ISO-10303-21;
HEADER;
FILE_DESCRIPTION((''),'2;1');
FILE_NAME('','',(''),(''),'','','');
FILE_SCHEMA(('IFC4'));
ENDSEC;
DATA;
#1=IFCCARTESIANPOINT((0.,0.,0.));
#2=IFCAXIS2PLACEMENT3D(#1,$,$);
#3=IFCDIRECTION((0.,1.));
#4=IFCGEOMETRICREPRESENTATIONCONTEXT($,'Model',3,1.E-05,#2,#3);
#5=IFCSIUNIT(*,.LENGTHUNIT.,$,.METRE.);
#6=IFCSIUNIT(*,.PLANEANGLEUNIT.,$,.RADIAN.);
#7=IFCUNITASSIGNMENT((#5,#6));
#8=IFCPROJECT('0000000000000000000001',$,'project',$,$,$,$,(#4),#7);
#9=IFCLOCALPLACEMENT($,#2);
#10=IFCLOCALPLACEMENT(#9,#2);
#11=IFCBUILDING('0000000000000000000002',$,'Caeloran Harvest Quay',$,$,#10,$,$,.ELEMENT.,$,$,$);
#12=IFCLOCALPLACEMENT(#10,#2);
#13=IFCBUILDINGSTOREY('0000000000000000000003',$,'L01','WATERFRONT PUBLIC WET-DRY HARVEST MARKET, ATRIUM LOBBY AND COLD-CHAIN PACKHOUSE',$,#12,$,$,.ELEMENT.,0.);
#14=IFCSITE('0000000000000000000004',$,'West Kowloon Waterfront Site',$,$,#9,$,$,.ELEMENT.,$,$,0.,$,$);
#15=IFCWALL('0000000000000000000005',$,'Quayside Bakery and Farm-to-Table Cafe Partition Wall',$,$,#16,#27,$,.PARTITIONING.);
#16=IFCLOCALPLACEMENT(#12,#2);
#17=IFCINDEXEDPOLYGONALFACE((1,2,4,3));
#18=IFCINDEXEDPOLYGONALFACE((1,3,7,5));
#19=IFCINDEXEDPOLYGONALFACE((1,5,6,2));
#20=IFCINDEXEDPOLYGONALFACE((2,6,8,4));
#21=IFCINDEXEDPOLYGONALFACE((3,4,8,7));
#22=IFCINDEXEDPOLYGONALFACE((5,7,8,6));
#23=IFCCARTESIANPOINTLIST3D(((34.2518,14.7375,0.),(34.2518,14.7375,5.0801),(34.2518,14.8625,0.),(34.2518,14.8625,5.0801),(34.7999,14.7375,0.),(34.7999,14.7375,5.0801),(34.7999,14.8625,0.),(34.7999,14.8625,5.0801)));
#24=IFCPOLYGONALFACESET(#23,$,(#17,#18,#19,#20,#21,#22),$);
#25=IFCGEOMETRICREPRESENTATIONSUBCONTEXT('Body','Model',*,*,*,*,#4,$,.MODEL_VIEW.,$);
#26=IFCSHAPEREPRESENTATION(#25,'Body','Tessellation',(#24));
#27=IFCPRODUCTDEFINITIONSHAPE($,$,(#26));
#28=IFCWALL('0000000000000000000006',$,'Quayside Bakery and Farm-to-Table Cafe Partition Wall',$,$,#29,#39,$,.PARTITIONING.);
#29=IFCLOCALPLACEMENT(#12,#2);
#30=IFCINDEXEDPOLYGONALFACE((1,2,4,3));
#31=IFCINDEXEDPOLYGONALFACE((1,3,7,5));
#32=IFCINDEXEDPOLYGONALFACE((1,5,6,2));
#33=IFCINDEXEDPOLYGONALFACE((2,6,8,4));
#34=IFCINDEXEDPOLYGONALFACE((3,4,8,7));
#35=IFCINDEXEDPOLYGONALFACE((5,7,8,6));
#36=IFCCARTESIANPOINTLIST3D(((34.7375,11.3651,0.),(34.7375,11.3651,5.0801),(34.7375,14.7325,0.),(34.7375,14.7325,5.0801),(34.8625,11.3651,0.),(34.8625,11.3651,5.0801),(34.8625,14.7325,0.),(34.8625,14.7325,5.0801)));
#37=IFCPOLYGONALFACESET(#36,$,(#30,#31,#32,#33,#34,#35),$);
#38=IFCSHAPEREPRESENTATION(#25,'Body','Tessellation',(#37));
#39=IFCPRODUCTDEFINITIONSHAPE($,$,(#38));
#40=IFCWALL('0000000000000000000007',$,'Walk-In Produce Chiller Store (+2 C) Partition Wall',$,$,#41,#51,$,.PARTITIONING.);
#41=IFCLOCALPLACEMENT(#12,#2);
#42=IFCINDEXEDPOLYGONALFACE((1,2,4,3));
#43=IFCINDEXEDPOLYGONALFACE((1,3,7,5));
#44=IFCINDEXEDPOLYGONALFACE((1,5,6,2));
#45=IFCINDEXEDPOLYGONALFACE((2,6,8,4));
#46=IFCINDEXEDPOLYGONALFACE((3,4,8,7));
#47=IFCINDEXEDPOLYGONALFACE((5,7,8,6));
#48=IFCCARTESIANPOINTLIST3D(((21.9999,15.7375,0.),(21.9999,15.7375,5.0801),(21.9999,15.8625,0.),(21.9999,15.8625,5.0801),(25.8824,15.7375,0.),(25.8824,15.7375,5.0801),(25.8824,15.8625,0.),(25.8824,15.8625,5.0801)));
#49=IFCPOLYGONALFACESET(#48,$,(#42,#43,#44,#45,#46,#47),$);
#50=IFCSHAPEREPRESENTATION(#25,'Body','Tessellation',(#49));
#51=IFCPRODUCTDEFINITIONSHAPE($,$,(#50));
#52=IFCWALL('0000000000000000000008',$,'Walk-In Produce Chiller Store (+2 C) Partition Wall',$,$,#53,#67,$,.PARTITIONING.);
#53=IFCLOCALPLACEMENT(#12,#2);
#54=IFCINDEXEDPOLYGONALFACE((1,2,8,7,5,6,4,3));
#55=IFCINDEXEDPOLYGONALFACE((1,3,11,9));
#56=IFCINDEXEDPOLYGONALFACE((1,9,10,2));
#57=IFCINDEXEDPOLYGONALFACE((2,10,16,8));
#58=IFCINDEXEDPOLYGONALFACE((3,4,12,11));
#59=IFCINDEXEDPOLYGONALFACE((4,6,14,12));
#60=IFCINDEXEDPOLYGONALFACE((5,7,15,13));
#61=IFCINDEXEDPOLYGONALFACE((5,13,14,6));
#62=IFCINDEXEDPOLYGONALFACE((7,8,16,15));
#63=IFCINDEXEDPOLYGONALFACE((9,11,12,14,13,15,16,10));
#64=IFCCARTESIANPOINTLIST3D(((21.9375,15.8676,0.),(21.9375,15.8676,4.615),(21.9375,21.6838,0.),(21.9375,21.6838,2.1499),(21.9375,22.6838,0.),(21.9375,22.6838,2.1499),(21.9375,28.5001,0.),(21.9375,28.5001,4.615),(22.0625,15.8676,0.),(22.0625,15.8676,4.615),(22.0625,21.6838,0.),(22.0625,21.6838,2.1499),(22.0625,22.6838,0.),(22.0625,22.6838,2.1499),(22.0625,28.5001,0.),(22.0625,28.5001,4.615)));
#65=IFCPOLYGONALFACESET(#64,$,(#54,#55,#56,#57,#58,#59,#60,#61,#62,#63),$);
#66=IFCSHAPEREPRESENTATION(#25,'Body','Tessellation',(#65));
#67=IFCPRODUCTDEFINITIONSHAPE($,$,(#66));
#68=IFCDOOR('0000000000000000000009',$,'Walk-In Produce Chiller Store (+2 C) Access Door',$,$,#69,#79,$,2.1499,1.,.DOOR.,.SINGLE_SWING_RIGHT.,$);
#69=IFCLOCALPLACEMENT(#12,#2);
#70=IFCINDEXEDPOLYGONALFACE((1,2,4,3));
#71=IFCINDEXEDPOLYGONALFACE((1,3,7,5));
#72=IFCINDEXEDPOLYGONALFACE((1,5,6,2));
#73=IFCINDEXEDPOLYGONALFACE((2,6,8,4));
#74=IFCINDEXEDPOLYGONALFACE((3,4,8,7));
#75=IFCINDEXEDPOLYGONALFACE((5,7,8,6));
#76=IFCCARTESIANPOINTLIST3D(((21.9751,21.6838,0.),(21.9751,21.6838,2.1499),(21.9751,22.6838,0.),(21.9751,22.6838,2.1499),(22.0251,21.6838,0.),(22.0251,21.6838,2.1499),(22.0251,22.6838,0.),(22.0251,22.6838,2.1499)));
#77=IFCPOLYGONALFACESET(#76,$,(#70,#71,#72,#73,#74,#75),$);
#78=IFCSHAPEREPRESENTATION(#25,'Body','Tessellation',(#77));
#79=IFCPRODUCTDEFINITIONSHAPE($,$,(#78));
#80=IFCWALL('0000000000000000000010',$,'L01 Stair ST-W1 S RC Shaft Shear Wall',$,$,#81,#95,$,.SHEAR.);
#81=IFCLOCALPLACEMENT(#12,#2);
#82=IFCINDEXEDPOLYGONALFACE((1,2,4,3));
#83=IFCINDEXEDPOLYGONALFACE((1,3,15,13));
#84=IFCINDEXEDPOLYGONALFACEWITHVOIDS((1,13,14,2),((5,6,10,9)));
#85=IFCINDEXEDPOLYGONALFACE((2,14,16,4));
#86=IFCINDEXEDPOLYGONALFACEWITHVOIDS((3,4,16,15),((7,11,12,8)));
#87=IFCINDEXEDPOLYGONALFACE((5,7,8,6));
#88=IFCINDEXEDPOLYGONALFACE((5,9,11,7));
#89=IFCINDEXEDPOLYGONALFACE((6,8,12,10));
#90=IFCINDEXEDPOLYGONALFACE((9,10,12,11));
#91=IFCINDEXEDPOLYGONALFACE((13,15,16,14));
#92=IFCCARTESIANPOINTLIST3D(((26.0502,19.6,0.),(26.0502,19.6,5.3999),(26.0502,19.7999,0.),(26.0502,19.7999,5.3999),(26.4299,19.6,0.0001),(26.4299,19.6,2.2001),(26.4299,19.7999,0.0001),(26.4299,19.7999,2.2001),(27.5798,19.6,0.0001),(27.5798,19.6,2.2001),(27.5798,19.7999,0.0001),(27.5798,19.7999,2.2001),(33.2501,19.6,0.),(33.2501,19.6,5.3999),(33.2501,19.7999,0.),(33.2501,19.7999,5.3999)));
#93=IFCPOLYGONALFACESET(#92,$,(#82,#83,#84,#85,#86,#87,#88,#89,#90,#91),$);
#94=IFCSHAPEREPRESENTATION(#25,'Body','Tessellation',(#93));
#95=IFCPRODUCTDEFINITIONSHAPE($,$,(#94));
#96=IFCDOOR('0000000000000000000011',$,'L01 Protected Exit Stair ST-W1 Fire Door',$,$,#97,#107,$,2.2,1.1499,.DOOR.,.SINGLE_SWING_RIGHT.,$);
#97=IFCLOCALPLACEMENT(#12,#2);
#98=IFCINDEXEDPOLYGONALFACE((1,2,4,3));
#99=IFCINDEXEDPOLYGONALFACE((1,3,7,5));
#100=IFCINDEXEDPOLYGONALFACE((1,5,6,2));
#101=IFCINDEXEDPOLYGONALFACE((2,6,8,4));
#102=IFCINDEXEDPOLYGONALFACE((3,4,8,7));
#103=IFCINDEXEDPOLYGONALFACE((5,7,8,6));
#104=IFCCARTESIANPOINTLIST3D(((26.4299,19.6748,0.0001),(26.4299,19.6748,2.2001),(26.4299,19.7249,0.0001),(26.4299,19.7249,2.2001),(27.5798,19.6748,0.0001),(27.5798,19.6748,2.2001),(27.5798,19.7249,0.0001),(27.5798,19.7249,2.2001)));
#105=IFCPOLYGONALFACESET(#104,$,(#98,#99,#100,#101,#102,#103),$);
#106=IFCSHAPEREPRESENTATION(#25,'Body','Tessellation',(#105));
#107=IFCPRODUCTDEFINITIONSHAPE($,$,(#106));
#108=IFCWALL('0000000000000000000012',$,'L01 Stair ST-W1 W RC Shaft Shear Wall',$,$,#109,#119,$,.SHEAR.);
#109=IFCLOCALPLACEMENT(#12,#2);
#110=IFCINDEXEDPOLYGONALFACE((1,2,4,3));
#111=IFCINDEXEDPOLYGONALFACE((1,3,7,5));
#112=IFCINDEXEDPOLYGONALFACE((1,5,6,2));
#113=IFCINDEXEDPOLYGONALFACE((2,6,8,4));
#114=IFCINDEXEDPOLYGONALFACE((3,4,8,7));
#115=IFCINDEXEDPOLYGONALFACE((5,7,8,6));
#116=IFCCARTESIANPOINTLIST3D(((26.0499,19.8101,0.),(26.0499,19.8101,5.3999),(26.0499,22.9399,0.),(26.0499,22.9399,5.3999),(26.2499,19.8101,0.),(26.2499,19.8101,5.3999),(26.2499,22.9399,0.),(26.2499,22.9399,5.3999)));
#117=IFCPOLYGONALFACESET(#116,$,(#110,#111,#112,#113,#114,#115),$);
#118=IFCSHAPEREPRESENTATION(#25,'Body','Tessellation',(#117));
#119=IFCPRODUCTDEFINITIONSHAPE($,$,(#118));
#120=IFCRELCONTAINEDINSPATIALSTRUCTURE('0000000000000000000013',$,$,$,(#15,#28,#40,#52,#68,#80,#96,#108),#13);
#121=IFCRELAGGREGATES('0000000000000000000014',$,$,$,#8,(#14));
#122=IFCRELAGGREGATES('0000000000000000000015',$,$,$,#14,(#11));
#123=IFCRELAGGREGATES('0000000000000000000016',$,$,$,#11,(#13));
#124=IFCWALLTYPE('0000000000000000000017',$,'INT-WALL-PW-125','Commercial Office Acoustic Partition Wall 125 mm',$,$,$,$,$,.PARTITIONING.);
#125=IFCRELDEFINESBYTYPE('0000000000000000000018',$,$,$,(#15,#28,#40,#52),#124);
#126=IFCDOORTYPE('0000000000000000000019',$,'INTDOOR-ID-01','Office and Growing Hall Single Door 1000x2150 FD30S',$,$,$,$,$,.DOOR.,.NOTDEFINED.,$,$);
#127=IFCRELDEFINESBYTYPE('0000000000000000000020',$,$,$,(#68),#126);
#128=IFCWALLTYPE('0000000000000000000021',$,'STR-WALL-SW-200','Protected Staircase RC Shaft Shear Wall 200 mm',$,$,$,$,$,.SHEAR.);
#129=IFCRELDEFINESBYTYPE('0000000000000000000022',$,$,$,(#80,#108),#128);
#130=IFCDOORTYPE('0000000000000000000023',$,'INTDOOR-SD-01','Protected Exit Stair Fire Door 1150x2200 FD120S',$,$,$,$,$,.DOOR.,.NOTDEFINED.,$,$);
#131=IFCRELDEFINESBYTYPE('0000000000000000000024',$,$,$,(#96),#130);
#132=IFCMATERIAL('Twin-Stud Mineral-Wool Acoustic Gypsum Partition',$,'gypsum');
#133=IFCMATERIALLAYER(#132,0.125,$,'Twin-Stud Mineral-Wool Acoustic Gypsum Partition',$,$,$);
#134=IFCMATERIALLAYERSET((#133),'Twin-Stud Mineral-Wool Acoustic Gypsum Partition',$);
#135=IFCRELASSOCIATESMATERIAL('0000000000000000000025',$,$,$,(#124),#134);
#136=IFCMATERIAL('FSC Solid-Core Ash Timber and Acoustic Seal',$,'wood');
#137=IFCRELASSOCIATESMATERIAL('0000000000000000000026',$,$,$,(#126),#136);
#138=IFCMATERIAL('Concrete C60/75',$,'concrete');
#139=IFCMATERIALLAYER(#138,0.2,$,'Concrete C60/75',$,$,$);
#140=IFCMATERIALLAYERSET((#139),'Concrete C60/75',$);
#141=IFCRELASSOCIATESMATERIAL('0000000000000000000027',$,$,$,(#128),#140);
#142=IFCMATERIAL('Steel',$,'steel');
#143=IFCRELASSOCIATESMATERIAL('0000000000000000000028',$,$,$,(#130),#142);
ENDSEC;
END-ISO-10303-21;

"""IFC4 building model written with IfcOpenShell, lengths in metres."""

from ifc_helpers import new_model, si_unit, direction, frame, frame_2d, origin, place, context, subcontext, project, spatial, rectangle, extrude, material, layer, layer_set, type_object, element, fill, save


model = new_model("IFC4")

# Units and contexts
model_context = context("Model", 3, precision=1e-05, world=origin(), true_north=direction((0.0, 1.0)))
body_context = subcontext(model_context, "Body", "Model", "MODEL_VIEW")
ifc_project = project(units=[si_unit("LENGTHUNIT", "METRE"), si_unit("PLANEANGLEUNIT", "RADIAN")], contexts=[model_context])

# Site, building, storey
site_placement = place(None, origin())
site = spatial("IfcSite", under=ifc_project, at=site_placement, Name="West Kowloon Waterfront Site", CompositionType="ELEMENT", RefElevation=0.0)
building_placement = place(site_placement, origin())
building = spatial("IfcBuilding", under=site, at=building_placement, Name="Caeloran Harvest Quay", CompositionType="ELEMENT")
storey_placement = place(building_placement, origin())
storey = spatial("IfcBuildingStorey", under=building, at=storey_placement, Name="L01", Description="WATERFRONT PUBLIC WET-DRY HARVEST MARKET, ATRIUM LOBBY AND COLD-CHAIN PACKHOUSE", CompositionType="ELEMENT", Elevation=0.0)

# Shared definitions
ifc_material_1 = material(Name="Twin-Stud Mineral-Wool Acoustic Gypsum Partition", Category="gypsum")
ifc_layer_1 = layer(ifc_material_1, 0.125, Name="Twin-Stud Mineral-Wool Acoustic Gypsum Partition")
ifc_layer_set_1 = layer_set([ifc_layer_1], Name="Twin-Stud Mineral-Wool Acoustic Gypsum Partition")
wall_type_1 = type_object("IfcWallType", Name="INT-WALL-PW-125", Description="Commercial Office Acoustic Partition Wall 125 mm", PredefinedType="PARTITIONING", material=ifc_layer_set_1)
ifc_material_2 = material(Name="FSC Solid-Core Ash Timber and Acoustic Seal", Category="wood")
door_type_1 = type_object("IfcDoorType", Name="INTDOOR-ID-01", Description="Office and Growing Hall Single Door 1000x2150 FD30S", OperationType="NOTDEFINED", PredefinedType="DOOR", material=ifc_material_2)

# Walls
wall_1_placement = place(storey_placement, frame((34.252, 14.8, 0.0), z_axis=(0.0, 0.0, 1.0), x_axis=(1.0, 0.0, 0.0)))
element("IfcWall", 1, at=wall_1_placement, inside=storey, type_object=wall_type_1, Name="Quayside Bakery and Farm-to-Table Cafe Partition Wall", PredefinedType="PARTITIONING", context=body_context, shape_type="SweptSolid", body=[
    extrude(rectangle(XDim=0.5481, YDim=0.125, at=frame_2d((0.2739, 0.0))), origin(), (0.0, 0.0, 1.0), 5.0801),
])
wall_2_placement = place(storey_placement, frame((34.8, 14.7324, 0.0), z_axis=(0.0, 0.0, 1.0), x_axis=(0.0, -1.0, 0.0)))
element("IfcWall", 2, at=wall_2_placement, inside=storey, type_object=wall_type_1, Name="Quayside Bakery and Farm-to-Table Cafe Partition Wall", PredefinedType="PARTITIONING", context=body_context, shape_type="SweptSolid", body=[
    extrude(rectangle(XDim=3.3674, YDim=0.125, at=frame_2d((1.6836, 0.0))), origin(), (0.0, 0.0, 1.0), 5.0801),
])
wall_3_placement = place(storey_placement, frame((25.8826, 15.8, 0.0), z_axis=(0.0, 0.0, 1.0), x_axis=(-1.0, 0.0, 0.0)))
element("IfcWall", 3, at=wall_3_placement, inside=storey, type_object=wall_type_1, Name="Walk-In Produce Chiller Store (+2 C) Partition Wall", PredefinedType="PARTITIONING", context=body_context, shape_type="SweptSolid", body=[
    extrude(rectangle(XDim=3.8826, YDim=0.125, at=frame_2d((1.9414, 0.0))), origin(), (0.0, 0.0, 1.0), 5.0801),
])

# Walls, openings, doors
wall_4_placement = place(storey_placement, frame((22.0, 15.8674, 0.0), z_axis=(0.0, 0.0, 1.0), x_axis=(0.0, 1.0, 0.0)))
wall_4 = element("IfcWall", 4, at=wall_4_placement, inside=storey, type_object=wall_type_1, Name="Walk-In Produce Chiller Store (+2 C) Partition Wall", PredefinedType="PARTITIONING", context=body_context, shape_type="SweptSolid", body=[
    extrude(rectangle(XDim=12.6326, YDim=0.125, at=frame_2d((6.3164, 0.0))), origin(), (0.0, 0.0, 1.0), 4.615),
])
opening_1_placement = place(wall_4_placement, frame((5.8164, 0.0, 0.0)))
opening_1 = element("IfcOpeningElement", 5, at=opening_1_placement, cuts=wall_4, PredefinedType="OPENING", context=body_context, shape_type="SweptSolid", body=[
    extrude(rectangle(XDim=1.0, YDim=2.1499, at=frame_2d((0.5, 1.075))), frame((0.0, 0.0725, 0.0), z_axis=(0.0, -1.0, 0.0), x_axis=(1.0, 0.0, 0.0)), (0.0, 0.0, 1.0), 0.145),
])
door_1_placement = place(opening_1_placement, origin())
door_1 = element("IfcDoor", 6, at=door_1_placement, inside=storey, type_object=door_type_1, Name="Walk-In Produce Chiller Store (+2 C) Access Door", OperationType="SINGLE_SWING_RIGHT", OverallHeight=2.1499, OverallWidth=1.0, PredefinedType="DOOR", context=body_context, shape_type="SweptSolid", body=[
    extrude(rectangle(XDim=1.0, YDim=2.1499, at=frame_2d((0.5, 1.075))), frame((0.0, 0.0249, 0.0), z_axis=(0.0, -1.0, 0.0), x_axis=(1.0, 0.0, 0.0)), (0.0, 0.0, 1.0), 0.05),
])
fill(opening_1, door_1)
ifc_material_3 = material(Name="Concrete C60/75", Category="concrete")
ifc_layer_2 = layer(ifc_material_3, 0.2, Name="Concrete C60/75")
ifc_layer_set_2 = layer_set([ifc_layer_2], Name="Concrete C60/75")
wall_type_2 = type_object("IfcWallType", Name="STR-WALL-SW-200", Description="Protected Staircase RC Shaft Shear Wall 200 mm", PredefinedType="SHEAR", material=ifc_layer_set_2)
wall_5_placement = place(storey_placement, frame((26.05, 19.7, 0.0), z_axis=(0.0, 0.0, 1.0), x_axis=(1.0, 0.0, 0.0)))
wall_5 = element("IfcWall", 7, at=wall_5_placement, inside=storey, type_object=wall_type_2, Name="L01 Stair ST-W1 S RC Shaft Shear Wall", PredefinedType="SHEAR", context=body_context, shape_type="SweptSolid", body=[
    extrude(rectangle(XDim=7.2, YDim=0.2, at=frame_2d((3.6001, 0.0))), origin(), (0.0, 0.0, 1.0), 5.3999),
])
opening_2_placement = place(wall_5_placement, frame((0.3799, 0.0, 0.0)))
opening_2 = element("IfcOpeningElement", 8, at=opening_2_placement, cuts=wall_5, PredefinedType="OPENING", context=body_context, shape_type="SweptSolid", body=[
    extrude(rectangle(XDim=1.1499, YDim=2.2, at=frame_2d((0.575, 1.1001))), frame((0.0, 0.1099, 0.0), z_axis=(0.0, -1.0, 0.0), x_axis=(1.0, 0.0, 0.0)), (0.0, 0.0, 1.0), 0.22),
])
ifc_material_4 = material(Name="Steel", Category="steel")
door_type_2 = type_object("IfcDoorType", Name="INTDOOR-SD-01", Description="Protected Exit Stair Fire Door 1150x2200 FD120S", OperationType="NOTDEFINED", PredefinedType="DOOR", material=ifc_material_4)
door_2_placement = place(opening_2_placement, origin())
door_2 = element("IfcDoor", 9, at=door_2_placement, inside=storey, type_object=door_type_2, Name="L01 Protected Exit Stair ST-W1 Fire Door", OperationType="SINGLE_SWING_RIGHT", OverallHeight=2.2, OverallWidth=1.1499, PredefinedType="DOOR", context=body_context, shape_type="SweptSolid", body=[
    extrude(rectangle(XDim=1.1499, YDim=2.2, at=frame_2d((0.575, 1.1001))), frame((0.0, 0.0249, 0.0), z_axis=(0.0, -1.0, 0.0), x_axis=(1.0, 0.0, 0.0)), (0.0, 0.0, 1.0), 0.05),
])
fill(opening_2, door_2)

# Wall
wall_6_placement = place(storey_placement, frame((26.1499, 19.8101, 0.0), z_axis=(0.0, 0.0, 1.0), x_axis=(0.0, 1.0, 0.0)))
element("IfcWall", 10, at=wall_6_placement, inside=storey, type_object=wall_type_2, Name="L01 Stair ST-W1 W RC Shaft Shear Wall", PredefinedType="SHEAR", context=body_context, shape_type="SweptSolid", body=[
    extrude(rectangle(XDim=3.1299, YDim=0.2, at=frame_2d((1.5649, 0.0))), origin(), (0.0, 0.0, 1.0), 5.3999),
])

save(model, "model.ifc")
